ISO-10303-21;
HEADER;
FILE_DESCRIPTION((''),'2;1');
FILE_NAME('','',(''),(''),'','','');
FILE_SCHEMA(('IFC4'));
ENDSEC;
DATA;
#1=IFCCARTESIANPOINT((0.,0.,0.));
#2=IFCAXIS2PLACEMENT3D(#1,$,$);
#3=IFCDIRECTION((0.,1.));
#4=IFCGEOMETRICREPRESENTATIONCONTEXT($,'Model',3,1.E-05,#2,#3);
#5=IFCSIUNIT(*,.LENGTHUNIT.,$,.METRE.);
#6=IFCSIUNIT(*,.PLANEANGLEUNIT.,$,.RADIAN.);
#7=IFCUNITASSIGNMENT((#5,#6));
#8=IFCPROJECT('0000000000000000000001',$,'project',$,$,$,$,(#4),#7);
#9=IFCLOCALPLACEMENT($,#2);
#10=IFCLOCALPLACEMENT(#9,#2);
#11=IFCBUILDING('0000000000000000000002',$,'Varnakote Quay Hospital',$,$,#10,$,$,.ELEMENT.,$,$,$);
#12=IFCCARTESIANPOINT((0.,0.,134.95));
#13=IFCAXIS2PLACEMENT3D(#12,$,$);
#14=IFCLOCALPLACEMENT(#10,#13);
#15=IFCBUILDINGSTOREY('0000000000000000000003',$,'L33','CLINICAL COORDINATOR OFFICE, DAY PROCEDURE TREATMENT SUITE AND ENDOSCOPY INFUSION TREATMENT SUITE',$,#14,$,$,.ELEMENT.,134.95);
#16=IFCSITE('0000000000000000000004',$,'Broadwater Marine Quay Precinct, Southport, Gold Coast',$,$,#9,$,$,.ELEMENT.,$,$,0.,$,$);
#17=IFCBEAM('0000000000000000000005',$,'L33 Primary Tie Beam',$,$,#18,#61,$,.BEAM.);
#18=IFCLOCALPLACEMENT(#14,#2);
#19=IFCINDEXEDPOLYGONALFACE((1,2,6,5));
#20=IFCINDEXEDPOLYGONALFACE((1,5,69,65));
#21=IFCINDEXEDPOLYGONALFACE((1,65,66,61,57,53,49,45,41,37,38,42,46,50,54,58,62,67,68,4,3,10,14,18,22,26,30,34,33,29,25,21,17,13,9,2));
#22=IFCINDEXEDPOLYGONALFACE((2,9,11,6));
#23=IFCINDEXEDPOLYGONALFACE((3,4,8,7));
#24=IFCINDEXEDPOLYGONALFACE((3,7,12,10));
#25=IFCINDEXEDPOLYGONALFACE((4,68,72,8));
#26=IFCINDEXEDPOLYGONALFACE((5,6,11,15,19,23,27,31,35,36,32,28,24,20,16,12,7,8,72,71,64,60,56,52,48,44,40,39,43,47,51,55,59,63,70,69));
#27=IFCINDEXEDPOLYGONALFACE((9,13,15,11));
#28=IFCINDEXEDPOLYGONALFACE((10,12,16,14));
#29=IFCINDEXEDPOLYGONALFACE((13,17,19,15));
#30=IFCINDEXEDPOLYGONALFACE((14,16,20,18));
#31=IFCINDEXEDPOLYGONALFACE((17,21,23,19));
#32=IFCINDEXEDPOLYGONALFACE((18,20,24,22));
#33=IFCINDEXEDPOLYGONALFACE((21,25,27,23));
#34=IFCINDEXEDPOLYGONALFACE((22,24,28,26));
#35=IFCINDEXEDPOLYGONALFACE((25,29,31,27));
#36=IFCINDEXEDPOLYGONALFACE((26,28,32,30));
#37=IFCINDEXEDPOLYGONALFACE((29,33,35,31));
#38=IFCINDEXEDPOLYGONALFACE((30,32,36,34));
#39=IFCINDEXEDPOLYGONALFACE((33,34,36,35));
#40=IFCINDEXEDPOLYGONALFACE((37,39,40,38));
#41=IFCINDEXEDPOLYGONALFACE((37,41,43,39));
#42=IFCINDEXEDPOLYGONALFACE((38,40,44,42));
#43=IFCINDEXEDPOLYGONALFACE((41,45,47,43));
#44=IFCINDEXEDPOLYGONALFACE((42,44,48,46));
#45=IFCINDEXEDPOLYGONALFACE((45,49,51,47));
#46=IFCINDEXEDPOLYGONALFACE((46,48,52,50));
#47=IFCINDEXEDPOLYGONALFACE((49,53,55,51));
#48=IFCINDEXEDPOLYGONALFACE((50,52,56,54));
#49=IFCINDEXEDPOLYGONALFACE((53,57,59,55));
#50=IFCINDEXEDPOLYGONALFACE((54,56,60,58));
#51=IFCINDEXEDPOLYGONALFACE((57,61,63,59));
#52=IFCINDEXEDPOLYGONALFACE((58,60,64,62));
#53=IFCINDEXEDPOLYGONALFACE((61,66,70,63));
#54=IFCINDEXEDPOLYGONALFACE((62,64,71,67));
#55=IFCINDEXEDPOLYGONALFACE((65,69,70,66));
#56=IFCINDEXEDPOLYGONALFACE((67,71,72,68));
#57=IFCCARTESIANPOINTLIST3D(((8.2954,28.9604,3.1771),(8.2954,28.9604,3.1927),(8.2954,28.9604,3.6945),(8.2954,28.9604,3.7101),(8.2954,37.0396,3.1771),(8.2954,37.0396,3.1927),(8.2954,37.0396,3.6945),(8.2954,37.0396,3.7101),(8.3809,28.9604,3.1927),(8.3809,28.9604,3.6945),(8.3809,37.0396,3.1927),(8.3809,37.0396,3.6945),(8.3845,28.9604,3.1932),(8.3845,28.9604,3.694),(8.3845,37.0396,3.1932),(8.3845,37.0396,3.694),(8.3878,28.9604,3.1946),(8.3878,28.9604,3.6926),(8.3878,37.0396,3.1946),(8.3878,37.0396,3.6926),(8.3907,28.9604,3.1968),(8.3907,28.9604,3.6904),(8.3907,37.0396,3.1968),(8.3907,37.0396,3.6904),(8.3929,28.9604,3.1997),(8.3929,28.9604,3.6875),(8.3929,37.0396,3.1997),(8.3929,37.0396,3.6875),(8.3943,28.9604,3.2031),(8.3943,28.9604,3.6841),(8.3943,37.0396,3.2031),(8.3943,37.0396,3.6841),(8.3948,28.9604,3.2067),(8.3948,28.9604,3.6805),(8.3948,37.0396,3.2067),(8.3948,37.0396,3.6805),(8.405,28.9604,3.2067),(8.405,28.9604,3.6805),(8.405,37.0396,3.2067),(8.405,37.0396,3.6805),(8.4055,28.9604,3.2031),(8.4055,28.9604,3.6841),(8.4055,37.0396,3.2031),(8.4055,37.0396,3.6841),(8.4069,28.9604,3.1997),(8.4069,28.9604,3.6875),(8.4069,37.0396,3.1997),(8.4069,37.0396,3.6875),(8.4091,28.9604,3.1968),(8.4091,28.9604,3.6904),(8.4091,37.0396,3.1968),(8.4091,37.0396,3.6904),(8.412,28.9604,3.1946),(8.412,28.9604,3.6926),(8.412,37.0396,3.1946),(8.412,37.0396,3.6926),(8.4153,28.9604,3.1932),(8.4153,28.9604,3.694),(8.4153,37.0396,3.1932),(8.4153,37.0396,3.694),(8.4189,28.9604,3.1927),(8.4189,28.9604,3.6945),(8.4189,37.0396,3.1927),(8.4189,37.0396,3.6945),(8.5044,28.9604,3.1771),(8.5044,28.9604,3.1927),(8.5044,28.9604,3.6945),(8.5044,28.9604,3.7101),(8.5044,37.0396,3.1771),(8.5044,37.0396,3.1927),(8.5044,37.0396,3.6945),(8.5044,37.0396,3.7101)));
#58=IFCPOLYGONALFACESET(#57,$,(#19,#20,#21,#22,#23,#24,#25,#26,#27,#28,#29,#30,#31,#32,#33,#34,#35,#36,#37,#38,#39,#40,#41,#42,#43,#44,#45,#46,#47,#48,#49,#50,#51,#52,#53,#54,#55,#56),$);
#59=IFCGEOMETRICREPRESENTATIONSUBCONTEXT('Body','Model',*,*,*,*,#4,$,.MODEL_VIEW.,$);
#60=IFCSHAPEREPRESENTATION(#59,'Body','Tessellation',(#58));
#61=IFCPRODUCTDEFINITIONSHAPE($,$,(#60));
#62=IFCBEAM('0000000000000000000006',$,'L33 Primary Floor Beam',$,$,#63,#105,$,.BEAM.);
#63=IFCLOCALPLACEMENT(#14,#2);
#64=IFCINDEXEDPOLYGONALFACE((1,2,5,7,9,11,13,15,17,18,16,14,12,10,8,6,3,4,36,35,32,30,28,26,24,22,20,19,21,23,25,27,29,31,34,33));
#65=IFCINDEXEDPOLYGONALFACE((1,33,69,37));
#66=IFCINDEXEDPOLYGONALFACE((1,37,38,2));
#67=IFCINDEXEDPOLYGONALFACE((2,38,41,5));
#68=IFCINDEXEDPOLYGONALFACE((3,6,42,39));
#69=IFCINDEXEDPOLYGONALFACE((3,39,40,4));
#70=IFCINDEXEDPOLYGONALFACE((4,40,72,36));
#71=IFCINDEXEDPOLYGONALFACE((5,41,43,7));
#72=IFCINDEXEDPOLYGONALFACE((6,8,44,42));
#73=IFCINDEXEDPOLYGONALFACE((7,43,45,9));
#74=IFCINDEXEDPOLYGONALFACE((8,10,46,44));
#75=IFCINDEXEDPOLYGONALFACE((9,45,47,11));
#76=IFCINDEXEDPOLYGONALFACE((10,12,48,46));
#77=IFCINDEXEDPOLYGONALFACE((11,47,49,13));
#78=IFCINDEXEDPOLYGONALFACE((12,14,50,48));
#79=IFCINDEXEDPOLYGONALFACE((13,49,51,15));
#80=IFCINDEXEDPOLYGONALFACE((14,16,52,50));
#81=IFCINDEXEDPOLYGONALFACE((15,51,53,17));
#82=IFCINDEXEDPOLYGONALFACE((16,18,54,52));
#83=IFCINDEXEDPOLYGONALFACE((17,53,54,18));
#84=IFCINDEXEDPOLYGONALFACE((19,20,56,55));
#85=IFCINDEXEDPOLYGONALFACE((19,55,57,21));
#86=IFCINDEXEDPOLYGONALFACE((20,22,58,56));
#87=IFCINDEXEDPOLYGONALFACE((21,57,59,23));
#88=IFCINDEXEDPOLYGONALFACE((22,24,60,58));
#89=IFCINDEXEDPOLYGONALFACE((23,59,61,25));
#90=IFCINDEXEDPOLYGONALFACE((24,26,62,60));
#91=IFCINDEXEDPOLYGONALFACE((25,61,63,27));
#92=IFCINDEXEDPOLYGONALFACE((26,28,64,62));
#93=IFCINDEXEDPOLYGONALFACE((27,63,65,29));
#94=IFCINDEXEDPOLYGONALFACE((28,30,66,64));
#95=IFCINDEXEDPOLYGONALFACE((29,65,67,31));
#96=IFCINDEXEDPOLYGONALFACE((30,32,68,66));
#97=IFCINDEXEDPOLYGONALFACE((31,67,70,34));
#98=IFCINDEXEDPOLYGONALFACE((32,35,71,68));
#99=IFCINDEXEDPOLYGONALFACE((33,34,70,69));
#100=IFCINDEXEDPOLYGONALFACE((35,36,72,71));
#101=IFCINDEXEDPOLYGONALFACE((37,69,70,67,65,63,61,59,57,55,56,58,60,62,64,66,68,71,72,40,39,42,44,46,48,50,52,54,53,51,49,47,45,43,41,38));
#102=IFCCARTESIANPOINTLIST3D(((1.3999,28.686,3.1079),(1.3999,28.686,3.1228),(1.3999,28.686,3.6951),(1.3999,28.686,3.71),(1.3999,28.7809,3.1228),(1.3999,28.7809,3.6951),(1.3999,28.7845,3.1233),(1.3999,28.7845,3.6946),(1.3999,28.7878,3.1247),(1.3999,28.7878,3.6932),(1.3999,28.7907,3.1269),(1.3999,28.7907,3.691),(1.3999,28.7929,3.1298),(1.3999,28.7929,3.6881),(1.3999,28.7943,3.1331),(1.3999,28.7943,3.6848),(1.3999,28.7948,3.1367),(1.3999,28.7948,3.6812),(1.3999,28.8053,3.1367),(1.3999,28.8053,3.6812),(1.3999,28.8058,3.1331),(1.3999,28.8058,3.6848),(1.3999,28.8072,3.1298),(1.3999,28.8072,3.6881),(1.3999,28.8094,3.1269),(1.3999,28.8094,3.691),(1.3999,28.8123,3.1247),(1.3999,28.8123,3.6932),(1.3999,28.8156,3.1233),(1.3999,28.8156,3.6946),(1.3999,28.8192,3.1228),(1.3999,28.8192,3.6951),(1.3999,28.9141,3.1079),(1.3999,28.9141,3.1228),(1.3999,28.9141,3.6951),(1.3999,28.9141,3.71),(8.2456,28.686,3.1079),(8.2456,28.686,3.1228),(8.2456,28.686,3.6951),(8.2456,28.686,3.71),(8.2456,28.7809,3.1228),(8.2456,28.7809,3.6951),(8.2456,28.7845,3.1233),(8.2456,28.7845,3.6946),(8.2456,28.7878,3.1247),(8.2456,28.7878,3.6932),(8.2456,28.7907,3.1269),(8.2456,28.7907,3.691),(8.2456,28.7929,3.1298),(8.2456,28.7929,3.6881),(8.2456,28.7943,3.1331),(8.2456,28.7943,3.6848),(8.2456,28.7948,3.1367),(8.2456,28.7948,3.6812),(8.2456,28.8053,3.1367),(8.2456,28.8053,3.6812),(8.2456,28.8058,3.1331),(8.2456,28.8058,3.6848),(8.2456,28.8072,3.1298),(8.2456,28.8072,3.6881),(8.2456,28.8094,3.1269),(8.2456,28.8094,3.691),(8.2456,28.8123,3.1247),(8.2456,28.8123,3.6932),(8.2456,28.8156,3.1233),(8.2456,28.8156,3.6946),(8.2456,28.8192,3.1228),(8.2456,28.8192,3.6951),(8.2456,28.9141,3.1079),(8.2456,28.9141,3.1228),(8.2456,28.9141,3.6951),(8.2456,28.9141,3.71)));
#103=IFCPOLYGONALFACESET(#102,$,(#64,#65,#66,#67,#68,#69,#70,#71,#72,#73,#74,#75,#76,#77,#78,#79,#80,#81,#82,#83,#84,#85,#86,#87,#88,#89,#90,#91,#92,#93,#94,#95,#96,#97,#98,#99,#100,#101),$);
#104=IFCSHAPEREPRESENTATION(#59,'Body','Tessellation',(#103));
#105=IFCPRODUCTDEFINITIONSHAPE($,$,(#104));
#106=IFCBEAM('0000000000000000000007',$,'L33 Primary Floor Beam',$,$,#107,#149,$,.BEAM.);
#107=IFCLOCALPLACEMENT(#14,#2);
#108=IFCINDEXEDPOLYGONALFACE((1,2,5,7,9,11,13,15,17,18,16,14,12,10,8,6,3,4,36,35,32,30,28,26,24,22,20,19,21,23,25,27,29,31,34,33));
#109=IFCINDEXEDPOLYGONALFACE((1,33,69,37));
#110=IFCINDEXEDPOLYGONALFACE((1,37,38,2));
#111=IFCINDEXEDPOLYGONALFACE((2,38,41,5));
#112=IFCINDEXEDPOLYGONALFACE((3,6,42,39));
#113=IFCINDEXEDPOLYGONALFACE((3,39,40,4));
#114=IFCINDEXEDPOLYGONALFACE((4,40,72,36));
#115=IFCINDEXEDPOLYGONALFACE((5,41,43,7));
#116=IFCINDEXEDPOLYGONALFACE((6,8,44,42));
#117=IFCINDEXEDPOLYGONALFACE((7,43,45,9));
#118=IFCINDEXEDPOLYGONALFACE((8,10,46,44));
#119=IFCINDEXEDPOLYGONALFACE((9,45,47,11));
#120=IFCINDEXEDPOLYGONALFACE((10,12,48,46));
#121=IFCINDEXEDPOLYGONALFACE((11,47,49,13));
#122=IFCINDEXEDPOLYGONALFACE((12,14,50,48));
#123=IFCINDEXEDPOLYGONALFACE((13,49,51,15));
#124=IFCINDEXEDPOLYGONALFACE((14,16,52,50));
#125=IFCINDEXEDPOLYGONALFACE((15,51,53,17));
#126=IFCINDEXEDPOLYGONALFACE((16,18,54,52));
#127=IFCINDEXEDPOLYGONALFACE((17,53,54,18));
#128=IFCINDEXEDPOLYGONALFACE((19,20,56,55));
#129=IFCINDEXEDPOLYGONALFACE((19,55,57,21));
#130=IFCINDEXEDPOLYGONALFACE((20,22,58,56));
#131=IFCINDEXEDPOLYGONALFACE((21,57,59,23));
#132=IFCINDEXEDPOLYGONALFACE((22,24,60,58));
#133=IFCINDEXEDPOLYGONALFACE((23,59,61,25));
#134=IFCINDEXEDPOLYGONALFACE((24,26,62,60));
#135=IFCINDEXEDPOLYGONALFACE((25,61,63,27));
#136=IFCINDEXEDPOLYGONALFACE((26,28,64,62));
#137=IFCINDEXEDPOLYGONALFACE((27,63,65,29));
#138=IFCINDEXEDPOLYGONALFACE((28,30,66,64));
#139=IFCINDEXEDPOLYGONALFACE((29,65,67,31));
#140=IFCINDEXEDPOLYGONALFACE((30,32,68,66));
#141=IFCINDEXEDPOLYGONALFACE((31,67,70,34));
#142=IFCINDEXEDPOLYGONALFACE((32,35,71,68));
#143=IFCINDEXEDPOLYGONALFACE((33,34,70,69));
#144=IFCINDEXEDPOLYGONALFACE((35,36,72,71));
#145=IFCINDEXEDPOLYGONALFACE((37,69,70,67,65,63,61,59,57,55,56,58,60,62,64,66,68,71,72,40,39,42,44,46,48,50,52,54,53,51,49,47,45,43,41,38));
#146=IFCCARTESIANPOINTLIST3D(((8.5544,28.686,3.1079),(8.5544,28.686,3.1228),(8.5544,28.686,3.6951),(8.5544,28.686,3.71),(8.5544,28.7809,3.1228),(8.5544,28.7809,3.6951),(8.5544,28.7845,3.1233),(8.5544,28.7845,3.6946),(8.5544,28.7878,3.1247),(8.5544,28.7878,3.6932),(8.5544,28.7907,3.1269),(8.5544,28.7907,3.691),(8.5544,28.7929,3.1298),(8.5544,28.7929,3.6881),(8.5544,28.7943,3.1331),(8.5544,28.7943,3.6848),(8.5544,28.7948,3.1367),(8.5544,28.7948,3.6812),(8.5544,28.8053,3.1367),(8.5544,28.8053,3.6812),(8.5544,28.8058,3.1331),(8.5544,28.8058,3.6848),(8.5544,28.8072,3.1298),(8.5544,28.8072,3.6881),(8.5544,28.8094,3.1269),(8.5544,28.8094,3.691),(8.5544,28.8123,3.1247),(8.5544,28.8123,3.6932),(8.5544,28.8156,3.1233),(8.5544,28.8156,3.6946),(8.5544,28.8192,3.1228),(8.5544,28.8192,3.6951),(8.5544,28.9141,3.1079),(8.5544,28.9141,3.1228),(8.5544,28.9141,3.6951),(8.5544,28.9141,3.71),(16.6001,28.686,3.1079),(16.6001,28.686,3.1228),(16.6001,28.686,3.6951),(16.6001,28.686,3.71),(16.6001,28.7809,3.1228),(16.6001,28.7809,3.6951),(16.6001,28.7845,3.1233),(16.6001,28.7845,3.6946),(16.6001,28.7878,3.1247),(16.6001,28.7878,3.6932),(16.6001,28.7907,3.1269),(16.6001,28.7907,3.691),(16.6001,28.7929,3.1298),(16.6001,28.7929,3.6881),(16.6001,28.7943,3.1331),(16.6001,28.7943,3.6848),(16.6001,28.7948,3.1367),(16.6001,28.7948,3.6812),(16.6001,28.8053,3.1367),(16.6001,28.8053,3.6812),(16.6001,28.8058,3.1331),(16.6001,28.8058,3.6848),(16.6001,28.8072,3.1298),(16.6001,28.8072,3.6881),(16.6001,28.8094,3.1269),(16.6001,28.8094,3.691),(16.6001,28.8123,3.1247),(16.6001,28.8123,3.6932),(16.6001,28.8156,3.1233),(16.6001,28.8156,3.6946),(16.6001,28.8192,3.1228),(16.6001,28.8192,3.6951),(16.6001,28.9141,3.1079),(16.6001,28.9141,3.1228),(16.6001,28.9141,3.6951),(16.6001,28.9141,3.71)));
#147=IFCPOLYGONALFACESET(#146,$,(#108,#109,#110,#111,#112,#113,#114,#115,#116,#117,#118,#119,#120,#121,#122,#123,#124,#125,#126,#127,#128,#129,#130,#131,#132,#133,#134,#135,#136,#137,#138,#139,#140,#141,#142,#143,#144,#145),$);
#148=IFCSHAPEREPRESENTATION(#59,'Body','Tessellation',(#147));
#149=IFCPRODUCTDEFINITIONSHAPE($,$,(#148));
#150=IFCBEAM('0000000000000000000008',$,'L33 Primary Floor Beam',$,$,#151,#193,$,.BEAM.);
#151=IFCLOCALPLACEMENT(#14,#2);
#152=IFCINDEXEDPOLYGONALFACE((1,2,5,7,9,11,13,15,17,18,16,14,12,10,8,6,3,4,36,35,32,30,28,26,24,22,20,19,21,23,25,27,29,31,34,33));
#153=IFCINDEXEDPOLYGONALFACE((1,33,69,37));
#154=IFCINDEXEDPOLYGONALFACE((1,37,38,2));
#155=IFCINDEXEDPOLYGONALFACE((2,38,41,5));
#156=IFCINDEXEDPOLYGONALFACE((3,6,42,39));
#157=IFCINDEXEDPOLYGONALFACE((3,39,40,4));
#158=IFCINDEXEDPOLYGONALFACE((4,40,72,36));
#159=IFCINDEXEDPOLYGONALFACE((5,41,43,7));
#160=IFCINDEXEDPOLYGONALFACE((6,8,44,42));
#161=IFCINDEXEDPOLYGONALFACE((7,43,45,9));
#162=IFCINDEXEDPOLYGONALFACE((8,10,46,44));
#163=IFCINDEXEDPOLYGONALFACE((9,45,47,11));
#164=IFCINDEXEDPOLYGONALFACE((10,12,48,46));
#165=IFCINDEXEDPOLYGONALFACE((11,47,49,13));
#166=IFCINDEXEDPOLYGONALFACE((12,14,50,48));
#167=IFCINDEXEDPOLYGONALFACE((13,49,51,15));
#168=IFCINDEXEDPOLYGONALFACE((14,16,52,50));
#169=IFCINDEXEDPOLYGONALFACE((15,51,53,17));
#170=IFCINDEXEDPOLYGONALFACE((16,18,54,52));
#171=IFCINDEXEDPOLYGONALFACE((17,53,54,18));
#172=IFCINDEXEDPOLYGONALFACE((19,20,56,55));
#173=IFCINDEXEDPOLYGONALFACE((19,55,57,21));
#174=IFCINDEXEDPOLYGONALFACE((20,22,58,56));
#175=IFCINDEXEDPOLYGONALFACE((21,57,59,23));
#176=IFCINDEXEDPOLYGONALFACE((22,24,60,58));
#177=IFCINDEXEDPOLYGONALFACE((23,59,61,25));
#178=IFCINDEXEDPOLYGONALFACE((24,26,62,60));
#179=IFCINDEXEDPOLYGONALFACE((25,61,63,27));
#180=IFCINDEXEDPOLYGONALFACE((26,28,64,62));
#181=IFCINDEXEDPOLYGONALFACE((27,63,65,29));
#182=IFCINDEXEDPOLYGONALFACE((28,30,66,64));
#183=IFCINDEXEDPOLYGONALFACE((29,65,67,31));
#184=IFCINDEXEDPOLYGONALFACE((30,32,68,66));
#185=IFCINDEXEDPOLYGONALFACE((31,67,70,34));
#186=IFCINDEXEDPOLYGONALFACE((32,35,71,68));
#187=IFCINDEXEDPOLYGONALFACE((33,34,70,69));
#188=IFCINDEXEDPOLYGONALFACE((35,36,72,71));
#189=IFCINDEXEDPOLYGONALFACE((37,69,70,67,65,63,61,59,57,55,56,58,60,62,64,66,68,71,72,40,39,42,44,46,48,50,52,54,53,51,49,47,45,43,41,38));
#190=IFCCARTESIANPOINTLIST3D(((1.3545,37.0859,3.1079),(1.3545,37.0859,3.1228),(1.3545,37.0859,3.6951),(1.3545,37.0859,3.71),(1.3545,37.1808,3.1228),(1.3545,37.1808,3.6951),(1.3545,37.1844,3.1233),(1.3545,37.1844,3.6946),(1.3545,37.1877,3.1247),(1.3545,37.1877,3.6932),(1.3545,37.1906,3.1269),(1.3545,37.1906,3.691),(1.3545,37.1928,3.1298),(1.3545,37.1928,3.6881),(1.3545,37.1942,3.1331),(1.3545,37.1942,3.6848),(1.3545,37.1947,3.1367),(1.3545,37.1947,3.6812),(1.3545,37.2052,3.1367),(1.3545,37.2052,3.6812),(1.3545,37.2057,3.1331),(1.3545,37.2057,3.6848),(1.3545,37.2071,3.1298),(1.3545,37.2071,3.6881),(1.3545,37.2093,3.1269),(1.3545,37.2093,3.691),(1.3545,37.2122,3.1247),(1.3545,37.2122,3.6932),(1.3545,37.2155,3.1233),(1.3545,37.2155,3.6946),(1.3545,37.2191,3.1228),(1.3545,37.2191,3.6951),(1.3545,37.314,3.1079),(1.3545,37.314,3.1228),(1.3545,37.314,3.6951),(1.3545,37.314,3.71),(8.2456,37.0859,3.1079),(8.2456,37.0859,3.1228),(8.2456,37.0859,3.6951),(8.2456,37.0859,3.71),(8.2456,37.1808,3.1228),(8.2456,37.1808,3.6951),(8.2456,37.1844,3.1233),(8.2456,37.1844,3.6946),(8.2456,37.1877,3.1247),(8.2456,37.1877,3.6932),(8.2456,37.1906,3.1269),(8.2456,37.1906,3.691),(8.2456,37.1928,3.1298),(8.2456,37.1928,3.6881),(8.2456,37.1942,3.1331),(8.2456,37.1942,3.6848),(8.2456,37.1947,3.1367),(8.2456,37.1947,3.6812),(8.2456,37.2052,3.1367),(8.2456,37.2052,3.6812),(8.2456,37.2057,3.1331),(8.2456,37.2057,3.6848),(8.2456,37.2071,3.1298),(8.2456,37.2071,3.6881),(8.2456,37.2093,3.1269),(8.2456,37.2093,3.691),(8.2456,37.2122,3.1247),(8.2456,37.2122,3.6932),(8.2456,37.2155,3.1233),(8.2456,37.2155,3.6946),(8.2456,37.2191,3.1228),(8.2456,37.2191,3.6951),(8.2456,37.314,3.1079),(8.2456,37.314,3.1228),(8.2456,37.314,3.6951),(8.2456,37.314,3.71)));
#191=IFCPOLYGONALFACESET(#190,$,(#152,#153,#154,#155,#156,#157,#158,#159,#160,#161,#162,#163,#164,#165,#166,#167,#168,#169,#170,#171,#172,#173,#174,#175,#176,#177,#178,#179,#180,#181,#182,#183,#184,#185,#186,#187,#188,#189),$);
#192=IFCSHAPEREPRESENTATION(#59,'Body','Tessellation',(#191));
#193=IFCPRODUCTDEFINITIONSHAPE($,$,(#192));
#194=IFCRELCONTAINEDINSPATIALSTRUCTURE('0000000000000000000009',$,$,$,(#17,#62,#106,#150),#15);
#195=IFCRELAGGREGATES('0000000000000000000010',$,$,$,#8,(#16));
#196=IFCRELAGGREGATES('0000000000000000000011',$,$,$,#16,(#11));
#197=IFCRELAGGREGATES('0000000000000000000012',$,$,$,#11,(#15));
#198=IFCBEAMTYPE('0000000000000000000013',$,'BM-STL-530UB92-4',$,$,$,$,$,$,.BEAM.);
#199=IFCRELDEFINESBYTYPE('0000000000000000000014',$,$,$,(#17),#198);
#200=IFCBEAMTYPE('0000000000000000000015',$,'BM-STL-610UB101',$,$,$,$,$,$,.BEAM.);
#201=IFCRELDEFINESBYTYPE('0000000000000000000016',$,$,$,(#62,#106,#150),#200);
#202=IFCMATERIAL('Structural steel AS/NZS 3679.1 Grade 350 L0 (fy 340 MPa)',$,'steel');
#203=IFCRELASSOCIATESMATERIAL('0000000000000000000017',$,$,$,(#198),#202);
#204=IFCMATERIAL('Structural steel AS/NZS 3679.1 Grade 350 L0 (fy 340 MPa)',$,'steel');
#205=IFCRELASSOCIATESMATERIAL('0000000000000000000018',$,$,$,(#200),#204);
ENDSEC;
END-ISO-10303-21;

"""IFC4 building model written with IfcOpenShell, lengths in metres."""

from ifc_helpers import new_model, si_unit, direction, frame, origin, origin_2d, place, context, subcontext, project, spatial, i_section, extrude, material, material_profile, profile_set, type_object, element, save


model = new_model("IFC4")

# Units and contexts
model_context = context("Model", 3, precision=1e-05, world=origin(), true_north=direction((0.0, 1.0)))
body_context = subcontext(model_context, "Body", "Model", "MODEL_VIEW")
ifc_project = project(units=[si_unit("LENGTHUNIT", "METRE"), si_unit("PLANEANGLEUNIT", "RADIAN")], contexts=[model_context])

# Site, building, storey
site_placement = place(None, origin())
site = spatial("IfcSite", under=ifc_project, at=site_placement, Name="Broadwater Marine Quay Precinct, Southport, Gold Coast", CompositionType="ELEMENT", RefElevation=0.0)
building_placement = place(site_placement, origin())
building = spatial("IfcBuilding", under=site, at=building_placement, Name="Varnakote Quay Hospital", CompositionType="ELEMENT")
storey_placement = place(building_placement, frame((0.0, 0.0, 134.95)))
storey = spatial("IfcBuildingStorey", under=building, at=storey_placement, Name="L33", Description="CLINICAL COORDINATOR OFFICE, DAY PROCEDURE TREATMENT SUITE AND ENDOSCOPY INFUSION TREATMENT SUITE", CompositionType="ELEMENT", Elevation=134.95)

# Beams
ifc_material_1 = material(Name="Structural steel AS/NZS 3679.1 Grade 350 L0 (fy 340 MPa)", Category="steel")
ifc_material_profile_1 = material_profile(ifc_material_1, i_section(OverallWidth=0.209, OverallDepth=0.533, WebThickness=0.0103, FlangeThickness=0.0156, FilletRadius=0.0139, at=origin_2d()), Name="530UB92.4")
ifc_profile_set_1 = profile_set([ifc_material_profile_1], Name="Structural steel AS/NZS 3679.1 Grade 350 L0 (fy 340 MPa)")
beam_type_1 = type_object("IfcBeamType", Name="BM-STL-530UB92-4", PredefinedType="BEAM", material=ifc_profile_set_1)
beam_1_placement = place(storey_placement, frame((8.3999, 28.9604, 3.4436), z_axis=(0.0, 1.0, 0.0), x_axis=(-1.0, 0.0, 0.0)))
element("IfcBeam", 1, at=beam_1_placement, inside=storey, type_object=beam_type_1, Name="L33 Primary Tie Beam", PredefinedType="BEAM", context=body_context, shape_type="SweptSolid", body=[
    extrude(i_section(OverallWidth=0.209, OverallDepth=0.533, WebThickness=0.0103, FlangeThickness=0.0156, FilletRadius=0.0139, at=origin_2d()), origin(), (0.0, 0.0, 1.0), 8.0791),
])
ifc_material_2 = material(Name="Structural steel AS/NZS 3679.1 Grade 350 L0 (fy 340 MPa)", Category="steel")
ifc_material_profile_2 = material_profile(ifc_material_2, i_section(OverallWidth=0.228, OverallDepth=0.6021, WebThickness=0.0105, FlangeThickness=0.0149, FilletRadius=0.0139, at=origin_2d()), Name="610UB101")
ifc_profile_set_2 = profile_set([ifc_material_profile_2], Name="Structural steel AS/NZS 3679.1 Grade 350 L0 (fy 340 MPa)")
beam_type_2 = type_object("IfcBeamType", Name="BM-STL-610UB101", PredefinedType="BEAM", material=ifc_profile_set_2)
beam_2_placement = place(storey_placement, frame((1.3999, 28.8, 3.4089), z_axis=(1.0, 0.0, 0.0), x_axis=(0.0, 1.0, 0.0)))
element("IfcBeam", 2, at=beam_2_placement, inside=storey, type_object=beam_type_2, Name="L33 Primary Floor Beam", PredefinedType="BEAM", context=body_context, shape_type="SweptSolid", body=[
    extrude(i_section(OverallWidth=0.228, OverallDepth=0.6021, WebThickness=0.0105, FlangeThickness=0.0149, FilletRadius=0.0139, at=origin_2d()), origin(), (0.0, 0.0, 1.0), 6.8457),
])
beam_3_placement = place(storey_placement, frame((8.5544, 28.8, 3.4089), z_axis=(1.0, 0.0, 0.0), x_axis=(0.0, 1.0, 0.0)))
element("IfcBeam", 3, at=beam_3_placement, inside=storey, type_object=beam_type_2, Name="L33 Primary Floor Beam", PredefinedType="BEAM", context=body_context, shape_type="SweptSolid", body=[
    extrude(i_section(OverallWidth=0.228, OverallDepth=0.6021, WebThickness=0.0105, FlangeThickness=0.0149, FilletRadius=0.0139, at=origin_2d()), origin(), (0.0, 0.0, 1.0), 8.0457),
])
beam_4_placement = place(storey_placement, frame((1.3545, 37.2, 3.4089), z_axis=(1.0, 0.0, 0.0), x_axis=(0.0, 1.0, 0.0)))
element("IfcBeam", 4, at=beam_4_placement, inside=storey, type_object=beam_type_2, Name="L33 Primary Floor Beam", PredefinedType="BEAM", context=body_context, shape_type="SweptSolid", body=[
    extrude(i_section(OverallWidth=0.228, OverallDepth=0.6021, WebThickness=0.0105, FlangeThickness=0.0149, FilletRadius=0.0139, at=origin_2d()), origin(), (0.0, 0.0, 1.0), 6.8911),
])

save(model, "model.ifc")
